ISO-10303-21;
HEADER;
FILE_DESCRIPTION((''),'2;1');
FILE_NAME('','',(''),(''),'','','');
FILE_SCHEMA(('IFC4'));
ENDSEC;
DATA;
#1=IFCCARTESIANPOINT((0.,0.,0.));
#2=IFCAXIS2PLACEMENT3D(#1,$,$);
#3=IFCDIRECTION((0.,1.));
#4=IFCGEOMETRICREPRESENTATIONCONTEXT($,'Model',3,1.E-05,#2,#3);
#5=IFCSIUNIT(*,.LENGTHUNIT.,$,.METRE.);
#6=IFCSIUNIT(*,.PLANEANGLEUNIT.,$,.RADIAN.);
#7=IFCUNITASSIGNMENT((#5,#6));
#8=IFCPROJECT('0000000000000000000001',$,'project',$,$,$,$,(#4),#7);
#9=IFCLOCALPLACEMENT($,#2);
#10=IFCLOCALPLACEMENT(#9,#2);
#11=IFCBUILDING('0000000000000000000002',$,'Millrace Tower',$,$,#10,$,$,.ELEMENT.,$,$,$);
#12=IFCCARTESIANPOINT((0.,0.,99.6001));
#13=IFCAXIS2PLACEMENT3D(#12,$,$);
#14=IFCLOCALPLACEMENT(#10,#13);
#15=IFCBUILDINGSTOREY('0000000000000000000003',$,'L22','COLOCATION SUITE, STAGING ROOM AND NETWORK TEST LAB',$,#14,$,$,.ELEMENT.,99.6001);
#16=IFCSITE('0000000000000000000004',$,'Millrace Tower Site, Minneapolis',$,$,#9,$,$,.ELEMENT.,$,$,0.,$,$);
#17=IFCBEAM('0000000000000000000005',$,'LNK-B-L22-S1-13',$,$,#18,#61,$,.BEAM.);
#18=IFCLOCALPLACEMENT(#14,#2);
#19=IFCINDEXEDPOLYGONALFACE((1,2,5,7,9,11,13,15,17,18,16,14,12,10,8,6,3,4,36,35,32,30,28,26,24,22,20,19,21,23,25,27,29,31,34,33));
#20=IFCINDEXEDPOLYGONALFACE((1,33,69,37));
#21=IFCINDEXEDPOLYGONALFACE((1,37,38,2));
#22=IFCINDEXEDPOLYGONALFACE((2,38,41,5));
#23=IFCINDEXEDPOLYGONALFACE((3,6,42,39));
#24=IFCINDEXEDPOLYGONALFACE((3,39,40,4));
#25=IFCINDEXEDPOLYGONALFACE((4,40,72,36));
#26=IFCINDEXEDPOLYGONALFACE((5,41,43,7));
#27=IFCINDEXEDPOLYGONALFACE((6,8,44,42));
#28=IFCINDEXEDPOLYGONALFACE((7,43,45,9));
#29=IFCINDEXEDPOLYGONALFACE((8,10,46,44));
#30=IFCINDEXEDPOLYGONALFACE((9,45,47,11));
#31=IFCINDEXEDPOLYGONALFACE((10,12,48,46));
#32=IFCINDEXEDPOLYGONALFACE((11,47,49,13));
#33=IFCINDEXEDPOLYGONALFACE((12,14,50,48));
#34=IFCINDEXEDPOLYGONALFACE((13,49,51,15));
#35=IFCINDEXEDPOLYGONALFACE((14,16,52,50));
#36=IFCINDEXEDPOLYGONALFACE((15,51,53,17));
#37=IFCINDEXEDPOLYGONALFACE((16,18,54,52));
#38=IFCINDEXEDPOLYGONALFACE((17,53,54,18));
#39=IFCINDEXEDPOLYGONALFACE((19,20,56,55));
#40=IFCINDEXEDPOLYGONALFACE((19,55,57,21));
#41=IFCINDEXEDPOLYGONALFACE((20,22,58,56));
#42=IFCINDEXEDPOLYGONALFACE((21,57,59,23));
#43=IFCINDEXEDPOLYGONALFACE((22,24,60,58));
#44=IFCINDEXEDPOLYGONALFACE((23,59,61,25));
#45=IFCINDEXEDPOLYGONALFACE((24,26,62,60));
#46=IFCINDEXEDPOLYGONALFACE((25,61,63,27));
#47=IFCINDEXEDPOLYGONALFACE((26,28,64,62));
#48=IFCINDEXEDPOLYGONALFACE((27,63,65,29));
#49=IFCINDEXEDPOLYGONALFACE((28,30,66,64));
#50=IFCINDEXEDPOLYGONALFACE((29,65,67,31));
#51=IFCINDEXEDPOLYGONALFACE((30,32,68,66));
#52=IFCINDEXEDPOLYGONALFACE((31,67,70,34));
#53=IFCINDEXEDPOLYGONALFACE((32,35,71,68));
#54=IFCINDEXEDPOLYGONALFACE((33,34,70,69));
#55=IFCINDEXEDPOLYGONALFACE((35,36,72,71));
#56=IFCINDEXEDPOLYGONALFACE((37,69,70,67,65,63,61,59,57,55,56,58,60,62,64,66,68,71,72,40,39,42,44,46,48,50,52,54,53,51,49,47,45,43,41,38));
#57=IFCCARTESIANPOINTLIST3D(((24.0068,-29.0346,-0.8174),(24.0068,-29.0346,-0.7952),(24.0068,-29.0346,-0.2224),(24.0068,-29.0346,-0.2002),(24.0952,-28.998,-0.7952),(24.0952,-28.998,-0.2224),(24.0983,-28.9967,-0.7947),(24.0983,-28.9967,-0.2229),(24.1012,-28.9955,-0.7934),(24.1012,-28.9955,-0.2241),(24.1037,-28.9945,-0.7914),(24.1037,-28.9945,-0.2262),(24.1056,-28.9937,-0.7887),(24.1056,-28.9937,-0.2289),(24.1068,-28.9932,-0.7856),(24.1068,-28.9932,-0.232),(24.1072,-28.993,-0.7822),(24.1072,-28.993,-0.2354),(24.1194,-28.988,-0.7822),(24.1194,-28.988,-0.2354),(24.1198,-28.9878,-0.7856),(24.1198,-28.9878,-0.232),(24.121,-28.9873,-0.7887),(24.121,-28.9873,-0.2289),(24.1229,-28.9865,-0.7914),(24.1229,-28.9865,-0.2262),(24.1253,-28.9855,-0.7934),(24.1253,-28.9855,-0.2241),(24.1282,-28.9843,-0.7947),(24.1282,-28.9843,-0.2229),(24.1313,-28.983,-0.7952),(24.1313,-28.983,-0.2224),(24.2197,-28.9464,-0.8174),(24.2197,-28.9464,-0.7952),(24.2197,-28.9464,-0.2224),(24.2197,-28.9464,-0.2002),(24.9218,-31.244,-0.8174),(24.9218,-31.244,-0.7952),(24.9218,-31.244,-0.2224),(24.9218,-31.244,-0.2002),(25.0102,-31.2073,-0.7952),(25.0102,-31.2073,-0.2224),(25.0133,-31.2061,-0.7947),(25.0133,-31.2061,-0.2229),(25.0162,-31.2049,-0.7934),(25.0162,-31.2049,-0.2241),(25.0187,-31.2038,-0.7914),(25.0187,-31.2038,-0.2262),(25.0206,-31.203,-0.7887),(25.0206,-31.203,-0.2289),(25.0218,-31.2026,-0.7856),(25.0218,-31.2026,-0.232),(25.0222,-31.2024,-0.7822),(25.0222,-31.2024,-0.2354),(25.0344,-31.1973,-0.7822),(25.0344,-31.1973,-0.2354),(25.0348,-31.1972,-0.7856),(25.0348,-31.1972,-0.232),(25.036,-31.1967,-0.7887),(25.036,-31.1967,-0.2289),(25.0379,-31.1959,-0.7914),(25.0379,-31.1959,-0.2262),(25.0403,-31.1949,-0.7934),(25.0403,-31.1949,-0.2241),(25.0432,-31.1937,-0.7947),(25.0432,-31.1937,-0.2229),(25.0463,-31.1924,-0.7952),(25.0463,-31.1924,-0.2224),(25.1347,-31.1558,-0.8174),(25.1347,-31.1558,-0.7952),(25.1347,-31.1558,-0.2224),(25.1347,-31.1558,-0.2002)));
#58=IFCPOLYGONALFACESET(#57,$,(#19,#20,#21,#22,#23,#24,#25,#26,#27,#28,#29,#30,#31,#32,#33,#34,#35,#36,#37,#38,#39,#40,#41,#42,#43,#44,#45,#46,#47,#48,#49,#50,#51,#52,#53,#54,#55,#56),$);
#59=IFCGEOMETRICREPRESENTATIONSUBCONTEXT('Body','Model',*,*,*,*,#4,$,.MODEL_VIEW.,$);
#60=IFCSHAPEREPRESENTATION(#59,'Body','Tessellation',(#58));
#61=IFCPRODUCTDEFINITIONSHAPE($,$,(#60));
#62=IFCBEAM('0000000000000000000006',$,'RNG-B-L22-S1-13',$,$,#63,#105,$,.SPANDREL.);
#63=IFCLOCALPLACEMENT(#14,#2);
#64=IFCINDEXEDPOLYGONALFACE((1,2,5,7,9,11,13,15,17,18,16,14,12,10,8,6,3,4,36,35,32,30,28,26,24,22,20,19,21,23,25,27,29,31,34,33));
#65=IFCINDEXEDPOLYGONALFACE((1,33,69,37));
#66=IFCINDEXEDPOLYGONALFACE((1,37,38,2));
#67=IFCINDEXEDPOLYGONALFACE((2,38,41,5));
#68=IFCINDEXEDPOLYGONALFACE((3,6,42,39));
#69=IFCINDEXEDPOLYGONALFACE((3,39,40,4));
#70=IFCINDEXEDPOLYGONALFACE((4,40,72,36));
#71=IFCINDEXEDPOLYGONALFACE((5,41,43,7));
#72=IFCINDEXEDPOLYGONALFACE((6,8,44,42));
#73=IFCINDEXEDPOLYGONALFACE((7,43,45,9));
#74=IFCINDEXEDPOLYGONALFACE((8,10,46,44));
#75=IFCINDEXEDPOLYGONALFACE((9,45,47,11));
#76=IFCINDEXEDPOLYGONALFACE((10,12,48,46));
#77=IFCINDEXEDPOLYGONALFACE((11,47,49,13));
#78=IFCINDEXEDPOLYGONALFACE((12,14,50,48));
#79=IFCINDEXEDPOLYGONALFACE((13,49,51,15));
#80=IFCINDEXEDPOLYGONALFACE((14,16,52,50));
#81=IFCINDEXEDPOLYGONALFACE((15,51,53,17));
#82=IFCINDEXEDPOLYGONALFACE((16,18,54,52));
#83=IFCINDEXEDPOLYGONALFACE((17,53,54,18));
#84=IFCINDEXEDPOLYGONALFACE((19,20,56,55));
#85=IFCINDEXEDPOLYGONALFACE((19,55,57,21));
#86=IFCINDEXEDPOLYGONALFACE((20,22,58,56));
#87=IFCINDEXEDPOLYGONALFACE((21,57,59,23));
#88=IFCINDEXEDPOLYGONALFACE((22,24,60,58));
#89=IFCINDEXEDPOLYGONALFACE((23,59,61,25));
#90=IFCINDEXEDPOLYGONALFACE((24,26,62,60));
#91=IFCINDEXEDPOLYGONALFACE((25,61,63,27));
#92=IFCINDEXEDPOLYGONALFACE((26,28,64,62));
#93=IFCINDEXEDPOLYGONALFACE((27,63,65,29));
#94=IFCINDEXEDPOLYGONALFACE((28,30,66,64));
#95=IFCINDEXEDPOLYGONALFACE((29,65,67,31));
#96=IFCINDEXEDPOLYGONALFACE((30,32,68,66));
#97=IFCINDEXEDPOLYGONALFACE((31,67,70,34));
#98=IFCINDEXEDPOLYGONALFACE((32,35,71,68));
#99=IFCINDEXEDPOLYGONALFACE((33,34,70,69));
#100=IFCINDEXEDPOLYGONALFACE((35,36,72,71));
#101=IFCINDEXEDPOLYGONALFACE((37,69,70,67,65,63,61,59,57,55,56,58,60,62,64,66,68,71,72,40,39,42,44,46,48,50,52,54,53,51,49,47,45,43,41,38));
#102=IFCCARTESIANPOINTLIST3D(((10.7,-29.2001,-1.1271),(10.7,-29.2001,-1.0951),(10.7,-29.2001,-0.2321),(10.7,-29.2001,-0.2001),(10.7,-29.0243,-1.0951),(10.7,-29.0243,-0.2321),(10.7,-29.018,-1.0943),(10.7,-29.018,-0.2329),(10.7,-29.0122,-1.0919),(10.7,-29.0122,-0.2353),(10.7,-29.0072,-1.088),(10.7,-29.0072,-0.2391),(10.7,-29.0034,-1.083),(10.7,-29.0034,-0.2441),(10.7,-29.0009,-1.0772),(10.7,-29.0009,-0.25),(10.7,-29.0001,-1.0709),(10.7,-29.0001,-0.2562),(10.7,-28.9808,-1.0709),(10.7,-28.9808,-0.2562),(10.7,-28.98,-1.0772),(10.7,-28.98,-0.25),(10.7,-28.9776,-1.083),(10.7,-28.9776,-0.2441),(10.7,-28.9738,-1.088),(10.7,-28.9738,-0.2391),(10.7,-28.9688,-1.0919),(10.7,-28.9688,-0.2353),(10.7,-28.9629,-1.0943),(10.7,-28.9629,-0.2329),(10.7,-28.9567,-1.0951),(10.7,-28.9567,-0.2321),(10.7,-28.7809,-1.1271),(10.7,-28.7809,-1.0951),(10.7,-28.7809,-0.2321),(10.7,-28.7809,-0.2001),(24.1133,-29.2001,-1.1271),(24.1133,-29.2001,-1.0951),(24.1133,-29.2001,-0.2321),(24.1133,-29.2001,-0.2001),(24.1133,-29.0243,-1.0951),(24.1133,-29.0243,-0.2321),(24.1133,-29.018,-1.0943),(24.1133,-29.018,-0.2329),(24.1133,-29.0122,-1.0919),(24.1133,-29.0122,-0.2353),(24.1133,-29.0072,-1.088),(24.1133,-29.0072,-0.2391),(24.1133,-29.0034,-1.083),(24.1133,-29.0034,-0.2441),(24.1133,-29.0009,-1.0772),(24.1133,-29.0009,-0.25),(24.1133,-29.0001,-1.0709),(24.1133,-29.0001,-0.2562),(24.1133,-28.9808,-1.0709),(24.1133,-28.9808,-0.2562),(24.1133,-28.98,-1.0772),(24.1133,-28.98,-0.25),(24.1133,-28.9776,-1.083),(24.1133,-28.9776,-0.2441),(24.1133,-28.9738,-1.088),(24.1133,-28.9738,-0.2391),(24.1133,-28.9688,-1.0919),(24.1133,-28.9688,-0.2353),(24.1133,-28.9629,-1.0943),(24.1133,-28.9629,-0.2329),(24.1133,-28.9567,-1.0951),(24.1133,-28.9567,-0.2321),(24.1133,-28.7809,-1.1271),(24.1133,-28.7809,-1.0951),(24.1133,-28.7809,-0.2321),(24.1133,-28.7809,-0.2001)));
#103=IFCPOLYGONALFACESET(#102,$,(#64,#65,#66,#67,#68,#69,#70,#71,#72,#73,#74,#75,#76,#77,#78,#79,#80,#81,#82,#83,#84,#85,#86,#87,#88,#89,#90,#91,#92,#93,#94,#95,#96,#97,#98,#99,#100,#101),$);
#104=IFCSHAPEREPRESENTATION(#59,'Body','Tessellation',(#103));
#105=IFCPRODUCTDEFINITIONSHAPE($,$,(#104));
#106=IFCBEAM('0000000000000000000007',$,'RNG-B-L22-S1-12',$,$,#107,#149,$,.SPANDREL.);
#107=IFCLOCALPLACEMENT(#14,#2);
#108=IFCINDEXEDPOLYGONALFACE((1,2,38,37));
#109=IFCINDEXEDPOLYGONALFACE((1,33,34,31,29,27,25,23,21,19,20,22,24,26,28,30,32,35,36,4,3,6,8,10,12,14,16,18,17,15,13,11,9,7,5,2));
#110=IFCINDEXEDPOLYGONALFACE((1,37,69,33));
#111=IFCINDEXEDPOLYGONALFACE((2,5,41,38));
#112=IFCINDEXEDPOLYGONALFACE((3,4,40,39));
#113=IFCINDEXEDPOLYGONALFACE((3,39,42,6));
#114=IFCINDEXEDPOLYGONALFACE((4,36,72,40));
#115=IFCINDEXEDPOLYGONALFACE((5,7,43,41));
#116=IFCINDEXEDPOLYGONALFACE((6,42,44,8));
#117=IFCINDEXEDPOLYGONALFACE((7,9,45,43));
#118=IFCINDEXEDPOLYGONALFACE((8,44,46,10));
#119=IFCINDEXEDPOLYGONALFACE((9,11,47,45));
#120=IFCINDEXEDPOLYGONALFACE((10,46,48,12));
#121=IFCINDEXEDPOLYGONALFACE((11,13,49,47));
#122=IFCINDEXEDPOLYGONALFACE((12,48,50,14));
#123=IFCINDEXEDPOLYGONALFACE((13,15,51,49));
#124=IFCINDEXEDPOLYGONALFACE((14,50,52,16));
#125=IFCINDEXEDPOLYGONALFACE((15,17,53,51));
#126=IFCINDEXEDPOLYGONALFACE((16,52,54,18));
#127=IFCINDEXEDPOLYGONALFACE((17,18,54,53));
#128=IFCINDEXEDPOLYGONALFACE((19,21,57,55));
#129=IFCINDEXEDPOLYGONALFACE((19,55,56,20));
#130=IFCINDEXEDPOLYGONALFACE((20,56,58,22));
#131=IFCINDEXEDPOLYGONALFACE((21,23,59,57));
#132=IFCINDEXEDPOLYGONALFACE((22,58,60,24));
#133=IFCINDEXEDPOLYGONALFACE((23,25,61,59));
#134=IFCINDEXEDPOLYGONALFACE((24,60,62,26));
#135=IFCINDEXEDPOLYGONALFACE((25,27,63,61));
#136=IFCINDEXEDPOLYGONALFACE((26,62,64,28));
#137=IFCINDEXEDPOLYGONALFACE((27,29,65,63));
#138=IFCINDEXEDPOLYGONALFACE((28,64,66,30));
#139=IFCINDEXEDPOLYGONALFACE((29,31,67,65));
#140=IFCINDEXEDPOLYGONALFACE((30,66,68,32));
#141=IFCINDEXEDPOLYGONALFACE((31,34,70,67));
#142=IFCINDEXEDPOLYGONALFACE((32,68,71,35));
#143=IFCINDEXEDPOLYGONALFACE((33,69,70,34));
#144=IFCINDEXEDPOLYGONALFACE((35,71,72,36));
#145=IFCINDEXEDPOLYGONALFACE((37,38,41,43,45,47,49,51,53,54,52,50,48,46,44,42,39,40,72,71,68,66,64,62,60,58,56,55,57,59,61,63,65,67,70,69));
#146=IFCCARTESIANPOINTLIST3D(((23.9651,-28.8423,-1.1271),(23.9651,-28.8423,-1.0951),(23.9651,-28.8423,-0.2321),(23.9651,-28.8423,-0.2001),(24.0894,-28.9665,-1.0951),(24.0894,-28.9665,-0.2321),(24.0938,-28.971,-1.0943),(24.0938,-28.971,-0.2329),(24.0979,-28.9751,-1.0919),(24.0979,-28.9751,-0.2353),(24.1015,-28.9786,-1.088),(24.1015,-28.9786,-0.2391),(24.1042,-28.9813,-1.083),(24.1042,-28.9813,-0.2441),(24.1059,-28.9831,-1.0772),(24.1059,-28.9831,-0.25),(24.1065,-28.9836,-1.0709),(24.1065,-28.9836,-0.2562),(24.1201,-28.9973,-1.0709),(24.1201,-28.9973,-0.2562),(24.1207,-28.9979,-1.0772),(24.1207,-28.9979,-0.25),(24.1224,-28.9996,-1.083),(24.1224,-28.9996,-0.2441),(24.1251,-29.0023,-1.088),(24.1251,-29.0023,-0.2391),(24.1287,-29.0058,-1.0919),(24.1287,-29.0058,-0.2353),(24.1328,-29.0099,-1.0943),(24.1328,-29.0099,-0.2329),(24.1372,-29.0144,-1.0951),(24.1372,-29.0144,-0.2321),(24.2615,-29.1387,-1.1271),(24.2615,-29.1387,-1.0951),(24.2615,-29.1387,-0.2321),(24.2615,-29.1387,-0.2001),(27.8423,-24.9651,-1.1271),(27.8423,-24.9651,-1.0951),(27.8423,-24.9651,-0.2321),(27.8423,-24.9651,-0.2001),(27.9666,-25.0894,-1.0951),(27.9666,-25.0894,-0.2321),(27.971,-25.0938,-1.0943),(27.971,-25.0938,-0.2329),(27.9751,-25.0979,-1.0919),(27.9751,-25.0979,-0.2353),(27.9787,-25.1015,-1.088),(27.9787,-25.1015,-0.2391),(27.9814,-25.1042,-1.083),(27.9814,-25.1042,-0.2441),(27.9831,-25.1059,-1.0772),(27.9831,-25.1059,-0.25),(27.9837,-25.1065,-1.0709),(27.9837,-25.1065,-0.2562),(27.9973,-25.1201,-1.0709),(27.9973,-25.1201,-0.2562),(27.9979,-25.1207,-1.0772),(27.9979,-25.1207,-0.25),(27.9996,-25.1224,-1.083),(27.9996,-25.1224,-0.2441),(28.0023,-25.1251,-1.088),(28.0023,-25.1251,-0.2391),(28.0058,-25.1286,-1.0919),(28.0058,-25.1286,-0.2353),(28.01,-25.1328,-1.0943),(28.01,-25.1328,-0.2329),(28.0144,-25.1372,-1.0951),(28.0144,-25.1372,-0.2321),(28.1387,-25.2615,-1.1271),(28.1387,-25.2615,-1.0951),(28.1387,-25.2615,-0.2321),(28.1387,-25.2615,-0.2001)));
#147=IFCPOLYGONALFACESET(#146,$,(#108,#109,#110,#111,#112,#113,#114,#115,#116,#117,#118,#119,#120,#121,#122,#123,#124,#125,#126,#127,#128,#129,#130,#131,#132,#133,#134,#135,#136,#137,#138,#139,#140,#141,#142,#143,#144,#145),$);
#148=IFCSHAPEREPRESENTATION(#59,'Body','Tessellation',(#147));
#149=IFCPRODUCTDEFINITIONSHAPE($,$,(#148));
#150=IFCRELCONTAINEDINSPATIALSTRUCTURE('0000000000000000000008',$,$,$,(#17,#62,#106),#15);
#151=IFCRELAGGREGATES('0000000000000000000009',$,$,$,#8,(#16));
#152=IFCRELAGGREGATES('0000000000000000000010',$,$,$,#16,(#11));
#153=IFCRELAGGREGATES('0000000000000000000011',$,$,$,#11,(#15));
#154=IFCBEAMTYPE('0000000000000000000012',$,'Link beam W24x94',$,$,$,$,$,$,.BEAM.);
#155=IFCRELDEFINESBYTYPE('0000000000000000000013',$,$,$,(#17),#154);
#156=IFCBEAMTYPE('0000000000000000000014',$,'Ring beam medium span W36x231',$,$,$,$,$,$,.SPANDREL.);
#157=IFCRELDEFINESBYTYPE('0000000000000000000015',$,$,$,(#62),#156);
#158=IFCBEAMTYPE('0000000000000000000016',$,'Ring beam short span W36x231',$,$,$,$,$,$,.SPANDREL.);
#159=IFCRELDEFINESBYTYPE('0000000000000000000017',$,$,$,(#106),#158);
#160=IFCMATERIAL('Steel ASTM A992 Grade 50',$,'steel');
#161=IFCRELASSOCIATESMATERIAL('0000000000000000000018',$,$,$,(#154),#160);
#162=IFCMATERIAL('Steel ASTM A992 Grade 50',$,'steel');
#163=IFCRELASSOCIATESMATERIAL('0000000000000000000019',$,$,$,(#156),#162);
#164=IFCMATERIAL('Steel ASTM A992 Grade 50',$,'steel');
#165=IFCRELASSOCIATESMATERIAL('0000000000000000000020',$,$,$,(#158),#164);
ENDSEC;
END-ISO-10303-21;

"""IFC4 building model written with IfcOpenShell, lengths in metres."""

from ifc_helpers import new_model, si_unit, direction, frame, origin, origin_2d, place, context, subcontext, project, spatial, i_section, extrude, material, material_profile, profile_set, type_object, element, save


model = new_model("IFC4")

# Units and contexts
model_context = context("Model", 3, precision=1e-05, world=origin(), true_north=direction((0.0, 1.0)))
body_context = subcontext(model_context, "Body", "Model", "MODEL_VIEW")
ifc_project = project(units=[si_unit("LENGTHUNIT", "METRE"), si_unit("PLANEANGLEUNIT", "RADIAN")], contexts=[model_context])

# Site, building, storey
site_placement = place(None, origin())
site = spatial("IfcSite", under=ifc_project, at=site_placement, Name="Millrace Tower Site, Minneapolis", CompositionType="ELEMENT", RefElevation=0.0)
building_placement = place(site_placement, origin())
building = spatial("IfcBuilding", under=site, at=building_placement, Name="Millrace Tower", CompositionType="ELEMENT")
storey_placement = place(building_placement, frame((0.0, 0.0, 99.6001)))
storey = spatial("IfcBuildingStorey", under=building, at=storey_placement, Name="L22", Description="COLOCATION SUITE, STAGING ROOM AND NETWORK TEST LAB", CompositionType="ELEMENT", Elevation=99.6001)

# Beams
ifc_material_1 = material(Name="Steel ASTM A992 Grade 50", Category="steel")
ifc_material_profile_1 = material_profile(ifc_material_1, i_section(OverallWidth=0.2305, OverallDepth=0.6172, WebThickness=0.0132, FlangeThickness=0.0222, FilletRadius=0.0129, at=origin_2d()))
ifc_profile_set_1 = profile_set([ifc_material_profile_1], Name="Steel ASTM A992 Grade 50")
beam_type_1 = type_object("IfcBeamType", Name="Link beam W24x94", PredefinedType="BEAM", material=ifc_profile_set_1)
for number, where, z_axis, x_axis, name in (
    (1, (24.1133, -28.9905, -0.5088), (0.382628, -0.923902, 0.0), (0.923902, 0.382628, 0.0), "LNK-B-L22-S1-13"),
):
    element("IfcBeam", number, at=place(storey_placement, frame(where, z_axis=z_axis, x_axis=x_axis)), inside=storey, type_object=beam_type_1, Name=name, PredefinedType="BEAM", context=body_context, shape_type="SweptSolid", body=[
        extrude(i_section(OverallWidth=0.2305, OverallDepth=0.6172, WebThickness=0.0132, FlangeThickness=0.0222, FilletRadius=0.0129, at=origin_2d()), origin(), (0.0, 0.0, 1.0), 2.3914),
    ])
ifc_material_2 = material(Name="Steel ASTM A992 Grade 50", Category="steel")
ifc_material_profile_2 = material_profile(ifc_material_2, i_section(OverallWidth=0.4192, OverallDepth=0.927, WebThickness=0.0193, FlangeThickness=0.032, FilletRadius=0.0242, at=origin_2d()))
ifc_profile_set_2 = profile_set([ifc_material_profile_2], Name="Steel ASTM A992 Grade 50")
beam_type_2 = type_object("IfcBeamType", Name="Ring beam medium span W36x231", PredefinedType="SPANDREL", material=ifc_profile_set_2)
beam_1_placement = place(storey_placement, frame((24.1133, -28.9905, -0.6636), z_axis=(-1.0, 0.0, 0.0), x_axis=(0.0, -1.0, 0.0)))
element("IfcBeam", 2, at=beam_1_placement, inside=storey, type_object=beam_type_2, Name="RNG-B-L22-S1-13", PredefinedType="SPANDREL", context=body_context, shape_type="SweptSolid", body=[
    extrude(i_section(OverallWidth=0.4192, OverallDepth=0.927, WebThickness=0.0193, FlangeThickness=0.032, FilletRadius=0.0242, at=origin_2d()), origin(), (0.0, 0.0, 1.0), 13.4133),
])
ifc_material_3 = material(Name="Steel ASTM A992 Grade 50", Category="steel")
ifc_material_profile_3 = material_profile(ifc_material_3, i_section(OverallWidth=0.4192, OverallDepth=0.927, WebThickness=0.0193, FlangeThickness=0.032, FilletRadius=0.0242, at=origin_2d()))
ifc_profile_set_3 = profile_set([ifc_material_profile_3], Name="Steel ASTM A992 Grade 50")
beam_type_3 = type_object("IfcBeamType", Name="Ring beam short span W36x231", PredefinedType="SPANDREL", material=ifc_profile_set_3)
beam_2_placement = place(storey_placement, frame((27.9905, -25.1133, -0.6636), z_axis=(-0.707107, -0.707107, 0.0), x_axis=(0.707107, -0.707107, 0.0)))
element("IfcBeam", 3, at=beam_2_placement, inside=storey, type_object=beam_type_3, Name="RNG-B-L22-S1-12", PredefinedType="SPANDREL", context=body_context, shape_type="SweptSolid", body=[
    extrude(i_section(OverallWidth=0.4192, OverallDepth=0.927, WebThickness=0.0193, FlangeThickness=0.032, FilletRadius=0.0242, at=origin_2d()), origin(), (0.0, 0.0, 1.0), 5.4832),
])

save(model, "model.ifc")
